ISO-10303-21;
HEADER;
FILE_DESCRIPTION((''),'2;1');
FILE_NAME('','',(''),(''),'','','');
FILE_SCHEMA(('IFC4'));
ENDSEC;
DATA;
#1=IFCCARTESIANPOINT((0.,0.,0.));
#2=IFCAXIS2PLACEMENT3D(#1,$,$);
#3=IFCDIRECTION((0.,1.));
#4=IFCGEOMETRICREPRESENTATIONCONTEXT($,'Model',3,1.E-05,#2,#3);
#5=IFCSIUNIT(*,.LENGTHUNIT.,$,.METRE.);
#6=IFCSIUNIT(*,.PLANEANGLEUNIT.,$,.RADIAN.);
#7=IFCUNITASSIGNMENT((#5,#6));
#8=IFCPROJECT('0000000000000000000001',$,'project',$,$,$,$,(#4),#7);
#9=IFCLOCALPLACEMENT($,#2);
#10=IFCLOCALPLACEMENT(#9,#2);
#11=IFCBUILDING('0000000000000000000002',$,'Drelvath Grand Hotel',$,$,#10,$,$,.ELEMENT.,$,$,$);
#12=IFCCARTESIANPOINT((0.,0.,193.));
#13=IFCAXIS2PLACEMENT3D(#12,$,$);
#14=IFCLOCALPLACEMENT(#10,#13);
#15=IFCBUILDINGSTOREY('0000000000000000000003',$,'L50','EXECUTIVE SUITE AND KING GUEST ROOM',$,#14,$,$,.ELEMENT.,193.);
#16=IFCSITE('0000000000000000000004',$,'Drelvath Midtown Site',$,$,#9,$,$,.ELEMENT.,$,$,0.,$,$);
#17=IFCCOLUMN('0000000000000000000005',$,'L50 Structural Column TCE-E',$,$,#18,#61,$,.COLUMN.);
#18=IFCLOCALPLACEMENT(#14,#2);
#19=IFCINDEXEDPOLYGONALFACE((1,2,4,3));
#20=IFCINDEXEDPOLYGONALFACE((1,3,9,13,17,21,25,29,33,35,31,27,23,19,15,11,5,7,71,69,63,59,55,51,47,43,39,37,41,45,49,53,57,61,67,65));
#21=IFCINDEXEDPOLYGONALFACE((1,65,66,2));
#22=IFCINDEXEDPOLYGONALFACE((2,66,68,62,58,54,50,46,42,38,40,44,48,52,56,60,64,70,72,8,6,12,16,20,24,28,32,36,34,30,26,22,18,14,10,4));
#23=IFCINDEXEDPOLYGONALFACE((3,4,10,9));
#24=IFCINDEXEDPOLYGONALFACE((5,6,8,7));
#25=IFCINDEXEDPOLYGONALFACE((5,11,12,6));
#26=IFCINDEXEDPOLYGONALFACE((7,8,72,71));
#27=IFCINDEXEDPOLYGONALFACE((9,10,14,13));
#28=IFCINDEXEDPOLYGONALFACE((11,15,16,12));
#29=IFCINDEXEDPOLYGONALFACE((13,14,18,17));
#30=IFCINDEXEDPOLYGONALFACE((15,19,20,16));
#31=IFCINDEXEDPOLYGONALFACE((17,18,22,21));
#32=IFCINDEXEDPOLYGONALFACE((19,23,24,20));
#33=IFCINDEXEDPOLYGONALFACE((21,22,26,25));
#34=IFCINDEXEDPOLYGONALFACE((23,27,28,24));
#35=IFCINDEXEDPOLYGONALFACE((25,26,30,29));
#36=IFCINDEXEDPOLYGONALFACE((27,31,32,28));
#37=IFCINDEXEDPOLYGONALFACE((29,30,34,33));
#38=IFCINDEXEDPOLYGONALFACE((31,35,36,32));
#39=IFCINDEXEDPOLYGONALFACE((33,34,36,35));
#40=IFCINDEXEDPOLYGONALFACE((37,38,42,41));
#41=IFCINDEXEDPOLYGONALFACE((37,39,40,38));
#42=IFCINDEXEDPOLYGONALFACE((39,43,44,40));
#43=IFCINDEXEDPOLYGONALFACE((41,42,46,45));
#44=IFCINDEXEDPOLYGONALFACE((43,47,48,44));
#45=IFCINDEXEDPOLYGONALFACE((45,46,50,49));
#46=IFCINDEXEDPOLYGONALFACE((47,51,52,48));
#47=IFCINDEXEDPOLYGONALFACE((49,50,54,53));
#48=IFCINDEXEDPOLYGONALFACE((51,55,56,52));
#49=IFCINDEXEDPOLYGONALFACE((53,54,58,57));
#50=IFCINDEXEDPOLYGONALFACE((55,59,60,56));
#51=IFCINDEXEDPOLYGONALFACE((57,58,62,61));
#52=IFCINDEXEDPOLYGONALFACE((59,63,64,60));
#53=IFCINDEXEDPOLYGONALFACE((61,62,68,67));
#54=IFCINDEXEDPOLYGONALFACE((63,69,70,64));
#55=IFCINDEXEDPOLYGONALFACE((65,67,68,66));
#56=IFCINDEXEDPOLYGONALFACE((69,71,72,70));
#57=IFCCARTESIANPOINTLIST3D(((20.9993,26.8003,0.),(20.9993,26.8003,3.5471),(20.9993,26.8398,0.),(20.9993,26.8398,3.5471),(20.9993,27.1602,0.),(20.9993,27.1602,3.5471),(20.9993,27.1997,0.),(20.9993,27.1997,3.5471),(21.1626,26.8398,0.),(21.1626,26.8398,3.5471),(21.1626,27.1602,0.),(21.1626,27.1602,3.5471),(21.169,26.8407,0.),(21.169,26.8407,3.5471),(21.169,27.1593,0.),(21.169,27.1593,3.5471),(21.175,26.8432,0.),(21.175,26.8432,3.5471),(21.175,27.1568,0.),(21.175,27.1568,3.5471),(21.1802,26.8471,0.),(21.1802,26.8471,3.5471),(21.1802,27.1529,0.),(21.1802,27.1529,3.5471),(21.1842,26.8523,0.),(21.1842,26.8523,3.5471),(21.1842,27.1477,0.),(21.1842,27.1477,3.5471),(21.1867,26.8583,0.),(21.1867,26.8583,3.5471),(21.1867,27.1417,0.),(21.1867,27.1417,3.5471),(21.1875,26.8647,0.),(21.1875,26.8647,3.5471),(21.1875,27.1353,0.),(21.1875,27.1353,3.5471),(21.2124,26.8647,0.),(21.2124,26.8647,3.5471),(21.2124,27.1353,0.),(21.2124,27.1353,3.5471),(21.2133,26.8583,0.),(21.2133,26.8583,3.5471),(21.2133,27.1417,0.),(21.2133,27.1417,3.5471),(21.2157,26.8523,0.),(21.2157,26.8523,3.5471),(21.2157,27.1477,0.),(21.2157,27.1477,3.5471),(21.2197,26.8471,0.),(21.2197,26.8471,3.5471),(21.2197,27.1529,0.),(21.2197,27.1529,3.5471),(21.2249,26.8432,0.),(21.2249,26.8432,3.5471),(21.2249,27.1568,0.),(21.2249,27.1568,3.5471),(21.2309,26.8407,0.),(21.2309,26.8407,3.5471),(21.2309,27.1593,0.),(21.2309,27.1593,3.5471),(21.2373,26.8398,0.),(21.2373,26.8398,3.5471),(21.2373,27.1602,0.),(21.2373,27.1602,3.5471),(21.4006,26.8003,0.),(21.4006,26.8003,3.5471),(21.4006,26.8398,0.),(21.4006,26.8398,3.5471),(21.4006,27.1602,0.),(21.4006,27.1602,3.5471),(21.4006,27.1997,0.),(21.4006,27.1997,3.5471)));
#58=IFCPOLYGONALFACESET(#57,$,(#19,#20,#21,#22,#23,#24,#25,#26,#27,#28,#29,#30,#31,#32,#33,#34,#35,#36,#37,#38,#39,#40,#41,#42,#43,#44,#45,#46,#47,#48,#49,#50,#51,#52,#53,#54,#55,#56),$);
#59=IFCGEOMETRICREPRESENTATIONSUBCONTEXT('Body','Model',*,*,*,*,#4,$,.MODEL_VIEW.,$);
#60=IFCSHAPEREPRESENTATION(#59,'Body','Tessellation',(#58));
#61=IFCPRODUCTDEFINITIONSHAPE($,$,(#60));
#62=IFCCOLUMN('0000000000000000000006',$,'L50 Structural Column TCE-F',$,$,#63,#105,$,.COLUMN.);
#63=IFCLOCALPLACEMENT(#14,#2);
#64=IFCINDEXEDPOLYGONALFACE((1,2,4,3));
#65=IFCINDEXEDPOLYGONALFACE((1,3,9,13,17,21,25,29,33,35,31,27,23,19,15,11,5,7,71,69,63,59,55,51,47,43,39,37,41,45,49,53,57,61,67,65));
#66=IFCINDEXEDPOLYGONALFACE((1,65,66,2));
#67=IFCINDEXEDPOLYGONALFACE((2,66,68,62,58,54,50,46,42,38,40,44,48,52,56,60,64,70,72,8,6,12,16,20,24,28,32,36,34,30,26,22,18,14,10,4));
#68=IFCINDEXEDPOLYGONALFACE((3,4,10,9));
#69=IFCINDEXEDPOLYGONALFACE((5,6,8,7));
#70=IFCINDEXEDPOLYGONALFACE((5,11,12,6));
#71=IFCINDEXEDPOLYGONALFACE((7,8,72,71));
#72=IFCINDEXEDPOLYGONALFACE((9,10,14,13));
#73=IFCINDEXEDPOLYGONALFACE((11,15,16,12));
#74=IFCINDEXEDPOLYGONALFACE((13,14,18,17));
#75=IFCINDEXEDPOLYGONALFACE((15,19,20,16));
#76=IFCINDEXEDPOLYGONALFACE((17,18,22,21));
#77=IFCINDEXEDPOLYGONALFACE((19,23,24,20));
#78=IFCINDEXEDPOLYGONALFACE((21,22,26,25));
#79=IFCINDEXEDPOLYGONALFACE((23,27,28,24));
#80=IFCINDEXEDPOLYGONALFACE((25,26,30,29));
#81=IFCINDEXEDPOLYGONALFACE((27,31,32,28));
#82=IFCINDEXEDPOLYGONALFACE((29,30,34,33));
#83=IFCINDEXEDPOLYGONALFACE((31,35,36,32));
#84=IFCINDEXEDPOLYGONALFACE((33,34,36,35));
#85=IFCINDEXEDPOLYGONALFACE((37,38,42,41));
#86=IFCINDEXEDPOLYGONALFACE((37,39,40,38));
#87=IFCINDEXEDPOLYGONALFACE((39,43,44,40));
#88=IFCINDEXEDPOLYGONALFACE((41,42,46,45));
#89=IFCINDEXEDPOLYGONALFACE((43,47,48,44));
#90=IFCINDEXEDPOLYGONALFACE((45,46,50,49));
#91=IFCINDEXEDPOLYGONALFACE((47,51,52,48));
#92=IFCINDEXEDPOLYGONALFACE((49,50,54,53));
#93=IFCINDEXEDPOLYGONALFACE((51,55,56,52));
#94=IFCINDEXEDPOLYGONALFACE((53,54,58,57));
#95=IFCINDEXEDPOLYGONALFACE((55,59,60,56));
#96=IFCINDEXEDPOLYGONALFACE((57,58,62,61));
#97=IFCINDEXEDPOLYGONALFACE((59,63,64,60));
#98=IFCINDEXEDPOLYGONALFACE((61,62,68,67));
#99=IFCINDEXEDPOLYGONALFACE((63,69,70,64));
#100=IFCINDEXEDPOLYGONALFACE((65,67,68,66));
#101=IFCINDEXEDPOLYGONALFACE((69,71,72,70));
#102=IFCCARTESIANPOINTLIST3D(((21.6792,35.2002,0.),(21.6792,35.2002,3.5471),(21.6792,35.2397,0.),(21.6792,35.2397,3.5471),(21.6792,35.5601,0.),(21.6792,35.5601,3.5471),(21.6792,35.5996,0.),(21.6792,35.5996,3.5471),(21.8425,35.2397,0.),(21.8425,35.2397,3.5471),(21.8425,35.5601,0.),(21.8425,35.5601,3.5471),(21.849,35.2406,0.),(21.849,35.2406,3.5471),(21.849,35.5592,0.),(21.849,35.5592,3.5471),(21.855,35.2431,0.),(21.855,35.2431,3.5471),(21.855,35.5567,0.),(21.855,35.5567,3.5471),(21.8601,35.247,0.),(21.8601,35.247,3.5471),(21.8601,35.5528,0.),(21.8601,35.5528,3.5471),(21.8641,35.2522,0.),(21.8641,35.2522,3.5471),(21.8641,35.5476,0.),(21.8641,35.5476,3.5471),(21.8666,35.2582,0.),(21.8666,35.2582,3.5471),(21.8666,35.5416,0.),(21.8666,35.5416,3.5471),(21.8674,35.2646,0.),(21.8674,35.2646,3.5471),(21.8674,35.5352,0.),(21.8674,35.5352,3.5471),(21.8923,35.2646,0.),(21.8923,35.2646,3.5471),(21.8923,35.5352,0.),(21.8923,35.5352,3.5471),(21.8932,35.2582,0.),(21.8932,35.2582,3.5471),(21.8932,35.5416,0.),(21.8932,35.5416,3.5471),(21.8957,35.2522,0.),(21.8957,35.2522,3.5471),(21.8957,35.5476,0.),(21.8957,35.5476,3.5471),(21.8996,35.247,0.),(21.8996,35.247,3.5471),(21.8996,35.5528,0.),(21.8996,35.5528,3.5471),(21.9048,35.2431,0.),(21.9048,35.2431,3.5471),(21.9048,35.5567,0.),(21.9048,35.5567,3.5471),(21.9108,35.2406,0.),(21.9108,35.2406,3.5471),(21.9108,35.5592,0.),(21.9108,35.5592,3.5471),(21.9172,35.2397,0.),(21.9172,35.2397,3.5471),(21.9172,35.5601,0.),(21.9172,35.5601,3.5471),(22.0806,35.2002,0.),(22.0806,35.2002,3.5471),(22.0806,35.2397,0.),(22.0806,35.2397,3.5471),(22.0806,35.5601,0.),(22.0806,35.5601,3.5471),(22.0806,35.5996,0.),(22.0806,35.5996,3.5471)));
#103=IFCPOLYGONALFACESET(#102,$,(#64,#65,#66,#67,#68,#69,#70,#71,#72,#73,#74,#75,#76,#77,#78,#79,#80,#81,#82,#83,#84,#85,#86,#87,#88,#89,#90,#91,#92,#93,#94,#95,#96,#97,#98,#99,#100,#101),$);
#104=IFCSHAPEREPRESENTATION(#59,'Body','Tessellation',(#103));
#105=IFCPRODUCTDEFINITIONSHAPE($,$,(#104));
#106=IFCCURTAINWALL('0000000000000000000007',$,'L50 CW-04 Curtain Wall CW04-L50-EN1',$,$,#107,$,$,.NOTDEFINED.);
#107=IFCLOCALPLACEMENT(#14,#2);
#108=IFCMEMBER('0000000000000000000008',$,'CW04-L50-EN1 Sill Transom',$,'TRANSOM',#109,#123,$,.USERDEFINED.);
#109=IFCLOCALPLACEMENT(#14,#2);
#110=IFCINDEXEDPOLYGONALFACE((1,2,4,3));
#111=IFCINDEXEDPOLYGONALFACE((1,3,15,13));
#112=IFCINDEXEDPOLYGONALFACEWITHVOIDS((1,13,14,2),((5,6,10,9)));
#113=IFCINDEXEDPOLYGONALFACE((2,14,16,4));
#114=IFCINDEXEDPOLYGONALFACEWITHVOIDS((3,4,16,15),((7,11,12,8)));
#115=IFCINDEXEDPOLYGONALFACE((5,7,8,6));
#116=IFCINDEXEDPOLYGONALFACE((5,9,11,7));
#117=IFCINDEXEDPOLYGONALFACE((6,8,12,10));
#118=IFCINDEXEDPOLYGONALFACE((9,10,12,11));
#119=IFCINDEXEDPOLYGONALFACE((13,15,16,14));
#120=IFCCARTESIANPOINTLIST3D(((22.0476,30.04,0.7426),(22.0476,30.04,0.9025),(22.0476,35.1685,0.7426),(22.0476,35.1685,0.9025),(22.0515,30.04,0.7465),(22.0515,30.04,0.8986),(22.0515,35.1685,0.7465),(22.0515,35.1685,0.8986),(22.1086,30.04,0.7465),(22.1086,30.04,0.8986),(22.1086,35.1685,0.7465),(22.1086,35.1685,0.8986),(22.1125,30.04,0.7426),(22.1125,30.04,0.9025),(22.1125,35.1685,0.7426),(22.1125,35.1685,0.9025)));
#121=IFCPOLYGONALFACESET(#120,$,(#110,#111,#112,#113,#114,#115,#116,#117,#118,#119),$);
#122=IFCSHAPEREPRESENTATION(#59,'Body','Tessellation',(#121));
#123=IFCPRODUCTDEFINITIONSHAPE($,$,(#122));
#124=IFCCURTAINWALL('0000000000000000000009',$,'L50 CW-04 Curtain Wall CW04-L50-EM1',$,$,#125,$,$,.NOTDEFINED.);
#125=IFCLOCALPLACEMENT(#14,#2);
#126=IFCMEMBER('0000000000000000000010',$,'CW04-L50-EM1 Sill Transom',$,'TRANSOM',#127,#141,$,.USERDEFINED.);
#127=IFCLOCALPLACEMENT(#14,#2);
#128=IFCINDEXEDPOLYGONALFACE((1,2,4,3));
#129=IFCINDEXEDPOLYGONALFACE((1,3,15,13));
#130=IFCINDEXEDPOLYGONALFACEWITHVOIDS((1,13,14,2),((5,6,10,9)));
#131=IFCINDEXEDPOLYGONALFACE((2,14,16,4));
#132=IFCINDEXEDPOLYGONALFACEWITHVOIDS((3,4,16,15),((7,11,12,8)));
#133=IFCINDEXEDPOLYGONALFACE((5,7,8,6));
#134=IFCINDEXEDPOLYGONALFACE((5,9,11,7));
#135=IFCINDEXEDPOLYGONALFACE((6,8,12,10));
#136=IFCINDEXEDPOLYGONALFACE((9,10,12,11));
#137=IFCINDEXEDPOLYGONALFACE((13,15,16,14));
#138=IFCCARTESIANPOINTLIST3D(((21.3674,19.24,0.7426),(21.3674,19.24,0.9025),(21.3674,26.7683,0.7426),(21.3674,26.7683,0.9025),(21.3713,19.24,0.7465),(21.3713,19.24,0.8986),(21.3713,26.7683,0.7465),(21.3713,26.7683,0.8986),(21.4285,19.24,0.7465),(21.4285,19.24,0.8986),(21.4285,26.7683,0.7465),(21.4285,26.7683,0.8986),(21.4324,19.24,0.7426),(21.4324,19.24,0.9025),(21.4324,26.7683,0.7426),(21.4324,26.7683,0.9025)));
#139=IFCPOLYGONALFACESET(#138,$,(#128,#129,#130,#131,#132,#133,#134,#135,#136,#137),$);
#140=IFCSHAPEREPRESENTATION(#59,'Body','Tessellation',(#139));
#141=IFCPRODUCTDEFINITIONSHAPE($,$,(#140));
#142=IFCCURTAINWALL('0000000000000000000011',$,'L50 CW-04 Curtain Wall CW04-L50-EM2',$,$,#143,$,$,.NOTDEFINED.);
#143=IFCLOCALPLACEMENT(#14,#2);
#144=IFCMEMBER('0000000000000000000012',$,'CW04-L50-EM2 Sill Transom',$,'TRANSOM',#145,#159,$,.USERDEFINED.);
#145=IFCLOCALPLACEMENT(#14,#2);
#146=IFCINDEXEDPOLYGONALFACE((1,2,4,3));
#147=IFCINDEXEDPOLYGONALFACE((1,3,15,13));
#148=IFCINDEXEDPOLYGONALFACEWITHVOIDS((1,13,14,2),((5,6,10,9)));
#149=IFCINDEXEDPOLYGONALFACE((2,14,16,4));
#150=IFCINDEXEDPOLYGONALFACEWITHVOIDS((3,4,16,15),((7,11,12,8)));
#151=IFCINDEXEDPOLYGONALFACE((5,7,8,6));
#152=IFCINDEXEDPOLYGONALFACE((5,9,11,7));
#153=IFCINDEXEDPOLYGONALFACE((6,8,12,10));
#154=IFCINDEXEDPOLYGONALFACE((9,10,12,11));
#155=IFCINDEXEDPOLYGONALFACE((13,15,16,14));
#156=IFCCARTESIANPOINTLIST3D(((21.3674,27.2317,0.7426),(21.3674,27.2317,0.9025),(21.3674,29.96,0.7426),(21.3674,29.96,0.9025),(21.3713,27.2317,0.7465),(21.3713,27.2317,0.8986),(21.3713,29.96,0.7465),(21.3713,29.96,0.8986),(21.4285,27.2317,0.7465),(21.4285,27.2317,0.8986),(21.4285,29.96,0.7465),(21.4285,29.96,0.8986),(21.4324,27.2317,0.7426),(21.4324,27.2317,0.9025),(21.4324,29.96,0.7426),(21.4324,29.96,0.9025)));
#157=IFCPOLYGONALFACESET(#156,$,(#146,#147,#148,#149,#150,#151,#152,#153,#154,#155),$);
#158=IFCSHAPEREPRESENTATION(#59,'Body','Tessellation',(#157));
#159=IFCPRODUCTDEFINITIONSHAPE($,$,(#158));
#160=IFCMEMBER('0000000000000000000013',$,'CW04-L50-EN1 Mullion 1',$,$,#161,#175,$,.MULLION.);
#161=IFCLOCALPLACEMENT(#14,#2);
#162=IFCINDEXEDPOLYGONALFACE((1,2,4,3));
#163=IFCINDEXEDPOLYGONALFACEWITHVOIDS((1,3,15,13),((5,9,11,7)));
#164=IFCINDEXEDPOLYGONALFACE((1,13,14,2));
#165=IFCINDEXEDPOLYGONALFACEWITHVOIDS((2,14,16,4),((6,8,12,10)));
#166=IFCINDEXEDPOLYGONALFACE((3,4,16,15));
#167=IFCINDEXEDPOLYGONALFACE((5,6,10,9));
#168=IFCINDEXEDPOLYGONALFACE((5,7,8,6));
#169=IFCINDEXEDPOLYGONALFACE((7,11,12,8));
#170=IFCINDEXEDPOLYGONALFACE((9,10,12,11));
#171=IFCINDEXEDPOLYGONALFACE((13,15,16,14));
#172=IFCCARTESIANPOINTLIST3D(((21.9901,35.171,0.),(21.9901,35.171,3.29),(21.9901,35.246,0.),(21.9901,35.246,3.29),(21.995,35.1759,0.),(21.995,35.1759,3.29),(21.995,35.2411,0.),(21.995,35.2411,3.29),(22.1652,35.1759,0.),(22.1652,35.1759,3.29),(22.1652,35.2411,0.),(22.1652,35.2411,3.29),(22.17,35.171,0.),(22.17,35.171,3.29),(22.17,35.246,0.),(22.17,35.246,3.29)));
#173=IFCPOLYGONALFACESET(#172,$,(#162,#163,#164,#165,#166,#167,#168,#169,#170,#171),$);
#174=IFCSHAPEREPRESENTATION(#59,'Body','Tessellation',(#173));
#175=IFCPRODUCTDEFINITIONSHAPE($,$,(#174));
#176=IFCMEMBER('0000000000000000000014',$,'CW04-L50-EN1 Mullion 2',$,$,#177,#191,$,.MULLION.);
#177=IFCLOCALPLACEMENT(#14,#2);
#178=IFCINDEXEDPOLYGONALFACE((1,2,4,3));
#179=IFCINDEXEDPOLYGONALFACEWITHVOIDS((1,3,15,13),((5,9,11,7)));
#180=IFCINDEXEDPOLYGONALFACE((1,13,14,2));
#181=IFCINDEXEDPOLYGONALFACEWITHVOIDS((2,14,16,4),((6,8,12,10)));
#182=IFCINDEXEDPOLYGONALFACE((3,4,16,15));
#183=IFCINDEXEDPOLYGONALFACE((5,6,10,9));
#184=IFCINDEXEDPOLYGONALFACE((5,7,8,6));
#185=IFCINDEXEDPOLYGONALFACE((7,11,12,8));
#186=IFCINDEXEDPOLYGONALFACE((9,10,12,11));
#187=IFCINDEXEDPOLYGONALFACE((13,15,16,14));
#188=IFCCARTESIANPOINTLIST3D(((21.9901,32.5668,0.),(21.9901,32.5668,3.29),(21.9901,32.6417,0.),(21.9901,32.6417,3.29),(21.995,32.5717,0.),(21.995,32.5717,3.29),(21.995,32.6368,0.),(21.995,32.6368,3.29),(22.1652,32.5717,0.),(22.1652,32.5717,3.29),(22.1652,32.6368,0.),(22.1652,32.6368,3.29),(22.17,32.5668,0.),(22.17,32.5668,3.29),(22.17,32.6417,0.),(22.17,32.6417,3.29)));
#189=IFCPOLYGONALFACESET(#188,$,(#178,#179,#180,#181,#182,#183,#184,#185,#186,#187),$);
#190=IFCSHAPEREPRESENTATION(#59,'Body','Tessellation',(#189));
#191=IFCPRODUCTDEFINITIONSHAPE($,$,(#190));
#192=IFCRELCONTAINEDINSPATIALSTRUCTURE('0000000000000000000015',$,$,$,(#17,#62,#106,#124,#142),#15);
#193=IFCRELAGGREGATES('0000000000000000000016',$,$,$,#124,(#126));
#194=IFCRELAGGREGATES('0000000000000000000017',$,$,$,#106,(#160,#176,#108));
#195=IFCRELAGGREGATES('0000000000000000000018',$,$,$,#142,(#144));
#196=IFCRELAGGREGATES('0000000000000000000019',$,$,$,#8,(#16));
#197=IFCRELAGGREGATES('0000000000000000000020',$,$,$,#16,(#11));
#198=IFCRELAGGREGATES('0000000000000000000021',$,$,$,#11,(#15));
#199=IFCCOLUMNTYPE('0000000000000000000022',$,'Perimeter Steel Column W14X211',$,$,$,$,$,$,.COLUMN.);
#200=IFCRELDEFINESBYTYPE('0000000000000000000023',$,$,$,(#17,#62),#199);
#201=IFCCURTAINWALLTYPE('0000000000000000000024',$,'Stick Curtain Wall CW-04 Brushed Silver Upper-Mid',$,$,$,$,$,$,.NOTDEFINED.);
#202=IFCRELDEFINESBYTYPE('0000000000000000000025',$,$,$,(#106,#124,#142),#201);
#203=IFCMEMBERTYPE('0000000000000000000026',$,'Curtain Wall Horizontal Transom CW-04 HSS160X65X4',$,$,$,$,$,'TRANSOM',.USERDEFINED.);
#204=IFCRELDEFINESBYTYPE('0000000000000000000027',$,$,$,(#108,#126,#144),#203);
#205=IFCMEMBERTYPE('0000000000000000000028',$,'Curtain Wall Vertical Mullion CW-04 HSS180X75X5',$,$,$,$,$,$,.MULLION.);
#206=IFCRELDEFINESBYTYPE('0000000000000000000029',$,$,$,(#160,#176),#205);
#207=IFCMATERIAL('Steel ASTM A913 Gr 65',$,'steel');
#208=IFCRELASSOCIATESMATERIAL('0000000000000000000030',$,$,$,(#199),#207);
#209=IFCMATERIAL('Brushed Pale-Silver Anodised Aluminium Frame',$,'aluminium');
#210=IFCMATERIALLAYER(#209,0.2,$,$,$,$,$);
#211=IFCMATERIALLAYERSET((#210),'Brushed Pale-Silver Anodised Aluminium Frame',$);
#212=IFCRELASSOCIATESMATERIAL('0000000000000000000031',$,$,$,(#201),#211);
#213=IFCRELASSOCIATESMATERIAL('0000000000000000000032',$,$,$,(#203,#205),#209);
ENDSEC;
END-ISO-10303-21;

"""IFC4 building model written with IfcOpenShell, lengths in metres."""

from ifc_helpers import new_model, si_unit, direction, frame, origin, origin_2d, place, context, subcontext, project, spatial, hollow_rectangle, i_section, extrude, material, layer, layer_set, material_profile, profile_set, type_object, element, aggregate, save


model = new_model("IFC4")

# Units and contexts
model_context = context("Model", 3, precision=1e-05, world=origin(), true_north=direction((0.0, 1.0)))
body_context = subcontext(model_context, "Body", "Model", "MODEL_VIEW")
ifc_project = project(units=[si_unit("LENGTHUNIT", "METRE"), si_unit("PLANEANGLEUNIT", "RADIAN")], contexts=[model_context])

# Site, building, storey
site_placement = place(None, origin())
site = spatial("IfcSite", under=ifc_project, at=site_placement, Name="Drelvath Midtown Site", CompositionType="ELEMENT", RefElevation=0.0)
building_placement = place(site_placement, origin())
building = spatial("IfcBuilding", under=site, at=building_placement, Name="Drelvath Grand Hotel", CompositionType="ELEMENT")
storey_placement = place(building_placement, frame((0.0, 0.0, 193.0)))
storey = spatial("IfcBuildingStorey", under=building, at=storey_placement, Name="L50", Description="EXECUTIVE SUITE AND KING GUEST ROOM", CompositionType="ELEMENT", Elevation=193.0)

# Columns
ifc_material_1 = material(Name="Steel ASTM A913 Gr 65", Category="steel")
ifc_material_profile_1 = material_profile(ifc_material_1, i_section(OverallWidth=0.4014, OverallDepth=0.3994, WebThickness=0.0249, FlangeThickness=0.0396, FilletRadius=0.0249, at=origin_2d()), Name="W14X211")
ifc_profile_set_1 = profile_set([ifc_material_profile_1], Name="Steel ASTM A913 Gr 65")
column_type = type_object("IfcColumnType", Name="Perimeter Steel Column W14X211", PredefinedType="COLUMN", material=ifc_profile_set_1)
for number, where, z_axis, x_axis, name in (
    (1, (21.2, 27.0, 0.0), (0.0, 0.0, 1.0), (1.0, 0.0, 0.0), "L50 Structural Column TCE-E"),
    (2, (21.8799, 35.3999, 0.0), (0.0, 0.0, 1.0), (1.0, 0.0, 0.0), "L50 Structural Column TCE-F"),
):
    element("IfcColumn", number, at=place(storey_placement, frame(where, z_axis=z_axis, x_axis=x_axis)), inside=storey, type_object=column_type, Name=name, PredefinedType="COLUMN", context=body_context, shape_type="SweptSolid", body=[
        extrude(i_section(OverallWidth=0.4014, OverallDepth=0.3994, WebThickness=0.0249, FlangeThickness=0.0396, FilletRadius=0.0249, at=origin_2d()), origin(), (0.0, 0.0, 1.0), 3.5471),
    ])

# Curtain walls, members
ifc_material_2 = material(Name="Brushed Pale-Silver Anodised Aluminium Frame", Category="aluminium")
ifc_layer_1 = layer(ifc_material_2, 0.2)
ifc_layer_set_1 = layer_set([ifc_layer_1], Name="Brushed Pale-Silver Anodised Aluminium Frame")
curtain_wall_type = type_object("IfcCurtainWallType", Name="Stick Curtain Wall CW-04 Brushed Silver Upper-Mid", PredefinedType="NOTDEFINED", material=ifc_layer_set_1)
curtain_wall_1_placement = place(storey_placement, origin())
curtain_wall_1 = element("IfcCurtainWall", 3, at=curtain_wall_1_placement, inside=storey, type_object=curtain_wall_type, Name="L50 CW-04 Curtain Wall CW04-L50-EN1", PredefinedType="NOTDEFINED")
ifc_material_profile_2 = material_profile(ifc_material_2, hollow_rectangle(XDim=0.0649, YDim=0.1599, WallThickness=0.0039, at=origin_2d()), Name="HSS160X65X4")
ifc_profile_set_2 = profile_set([ifc_material_profile_2], Name="Brushed Pale-Silver Anodised Aluminium Frame")
member_type_1 = type_object("IfcMemberType", Name="Curtain Wall Horizontal Transom CW-04 HSS160X65X4", ElementType="TRANSOM", PredefinedType="USERDEFINED", material=ifc_profile_set_2)
member_1_placement = place(storey_placement, frame((22.0801, 35.1685, 0.8225), z_axis=(0.0, -1.0, 0.0), x_axis=(1.0, 0.0, 0.0)))
member_1 = element("IfcMember", 4, at=member_1_placement, type_object=member_type_1, Name="CW04-L50-EN1 Sill Transom", ObjectType="TRANSOM", PredefinedType="USERDEFINED", context=body_context, shape_type="SweptSolid", body=[
    extrude(hollow_rectangle(XDim=0.0649, YDim=0.1599, WallThickness=0.0039, at=origin_2d()), origin(), (0.0, 0.0, 1.0), 5.1284),
])
curtain_wall_2_placement = place(storey_placement, origin())
curtain_wall_2 = element("IfcCurtainWall", 5, at=curtain_wall_2_placement, inside=storey, type_object=curtain_wall_type, Name="L50 CW-04 Curtain Wall CW04-L50-EM1", PredefinedType="NOTDEFINED")
member_2_placement = place(storey_placement, frame((21.3999, 26.7683, 0.8225), z_axis=(0.0, -1.0, 0.0), x_axis=(1.0, 0.0, 0.0)))
member_2 = element("IfcMember", 6, at=member_2_placement, type_object=member_type_1, Name="CW04-L50-EM1 Sill Transom", ObjectType="TRANSOM", PredefinedType="USERDEFINED", context=body_context, shape_type="SweptSolid", body=[
    extrude(hollow_rectangle(XDim=0.0649, YDim=0.1599, WallThickness=0.0039, at=origin_2d()), origin(), (0.0, 0.0, 1.0), 7.5283),
])
curtain_wall_3_placement = place(storey_placement, origin())
curtain_wall_3 = element("IfcCurtainWall", 7, at=curtain_wall_3_placement, inside=storey, type_object=curtain_wall_type, Name="L50 CW-04 Curtain Wall CW04-L50-EM2", PredefinedType="NOTDEFINED")
member_3_placement = place(storey_placement, frame((21.3999, 29.96, 0.8225), z_axis=(0.0, -1.0, 0.0), x_axis=(1.0, 0.0, 0.0)))
member_3 = element("IfcMember", 8, at=member_3_placement, type_object=member_type_1, Name="CW04-L50-EM2 Sill Transom", ObjectType="TRANSOM", PredefinedType="USERDEFINED", context=body_context, shape_type="SweptSolid", body=[
    extrude(hollow_rectangle(XDim=0.0649, YDim=0.1599, WallThickness=0.0039, at=origin_2d()), origin(), (0.0, 0.0, 1.0), 2.7283),
])

# Members
ifc_material_profile_3 = material_profile(ifc_material_2, hollow_rectangle(XDim=0.075, YDim=0.1799, WallThickness=0.0049, at=origin_2d()), Name="HSS180X75X5")
ifc_profile_set_3 = profile_set([ifc_material_profile_3], Name="Brushed Pale-Silver Anodised Aluminium Frame")
member_type_2 = type_object("IfcMemberType", Name="Curtain Wall Vertical Mullion CW-04 HSS180X75X5", PredefinedType="MULLION", material=ifc_profile_set_3)
member_4_placement = place(storey_placement, frame((22.0801, 35.2085, 0.0), z_axis=(0.0, 0.0, 1.0), x_axis=(0.0, 1.0, 0.0)))
member_4 = element("IfcMember", 9, at=member_4_placement, type_object=member_type_2, Name="CW04-L50-EN1 Mullion 1", PredefinedType="MULLION", context=body_context, shape_type="SweptSolid", body=[
    extrude(hollow_rectangle(XDim=0.075, YDim=0.1799, WallThickness=0.0049, at=origin_2d()), origin(), (0.0, 0.0, 1.0), 3.29),
])
member_5_placement = place(storey_placement, frame((22.0801, 32.6042, 0.0), z_axis=(0.0, 0.0, 1.0), x_axis=(0.0, 1.0, 0.0)))
member_5 = element("IfcMember", 10, at=member_5_placement, type_object=member_type_2, Name="CW04-L50-EN1 Mullion 2", PredefinedType="MULLION", context=body_context, shape_type="SweptSolid", body=[
    extrude(hollow_rectangle(XDim=0.075, YDim=0.1799, WallThickness=0.0049, at=origin_2d()), origin(), (0.0, 0.0, 1.0), 3.29),
])
aggregate(curtain_wall_2, [member_2])

aggregate(curtain_wall_1, [member_4, member_5, member_1])
aggregate(curtain_wall_3, [member_3])

save(model, "model.ifc")
